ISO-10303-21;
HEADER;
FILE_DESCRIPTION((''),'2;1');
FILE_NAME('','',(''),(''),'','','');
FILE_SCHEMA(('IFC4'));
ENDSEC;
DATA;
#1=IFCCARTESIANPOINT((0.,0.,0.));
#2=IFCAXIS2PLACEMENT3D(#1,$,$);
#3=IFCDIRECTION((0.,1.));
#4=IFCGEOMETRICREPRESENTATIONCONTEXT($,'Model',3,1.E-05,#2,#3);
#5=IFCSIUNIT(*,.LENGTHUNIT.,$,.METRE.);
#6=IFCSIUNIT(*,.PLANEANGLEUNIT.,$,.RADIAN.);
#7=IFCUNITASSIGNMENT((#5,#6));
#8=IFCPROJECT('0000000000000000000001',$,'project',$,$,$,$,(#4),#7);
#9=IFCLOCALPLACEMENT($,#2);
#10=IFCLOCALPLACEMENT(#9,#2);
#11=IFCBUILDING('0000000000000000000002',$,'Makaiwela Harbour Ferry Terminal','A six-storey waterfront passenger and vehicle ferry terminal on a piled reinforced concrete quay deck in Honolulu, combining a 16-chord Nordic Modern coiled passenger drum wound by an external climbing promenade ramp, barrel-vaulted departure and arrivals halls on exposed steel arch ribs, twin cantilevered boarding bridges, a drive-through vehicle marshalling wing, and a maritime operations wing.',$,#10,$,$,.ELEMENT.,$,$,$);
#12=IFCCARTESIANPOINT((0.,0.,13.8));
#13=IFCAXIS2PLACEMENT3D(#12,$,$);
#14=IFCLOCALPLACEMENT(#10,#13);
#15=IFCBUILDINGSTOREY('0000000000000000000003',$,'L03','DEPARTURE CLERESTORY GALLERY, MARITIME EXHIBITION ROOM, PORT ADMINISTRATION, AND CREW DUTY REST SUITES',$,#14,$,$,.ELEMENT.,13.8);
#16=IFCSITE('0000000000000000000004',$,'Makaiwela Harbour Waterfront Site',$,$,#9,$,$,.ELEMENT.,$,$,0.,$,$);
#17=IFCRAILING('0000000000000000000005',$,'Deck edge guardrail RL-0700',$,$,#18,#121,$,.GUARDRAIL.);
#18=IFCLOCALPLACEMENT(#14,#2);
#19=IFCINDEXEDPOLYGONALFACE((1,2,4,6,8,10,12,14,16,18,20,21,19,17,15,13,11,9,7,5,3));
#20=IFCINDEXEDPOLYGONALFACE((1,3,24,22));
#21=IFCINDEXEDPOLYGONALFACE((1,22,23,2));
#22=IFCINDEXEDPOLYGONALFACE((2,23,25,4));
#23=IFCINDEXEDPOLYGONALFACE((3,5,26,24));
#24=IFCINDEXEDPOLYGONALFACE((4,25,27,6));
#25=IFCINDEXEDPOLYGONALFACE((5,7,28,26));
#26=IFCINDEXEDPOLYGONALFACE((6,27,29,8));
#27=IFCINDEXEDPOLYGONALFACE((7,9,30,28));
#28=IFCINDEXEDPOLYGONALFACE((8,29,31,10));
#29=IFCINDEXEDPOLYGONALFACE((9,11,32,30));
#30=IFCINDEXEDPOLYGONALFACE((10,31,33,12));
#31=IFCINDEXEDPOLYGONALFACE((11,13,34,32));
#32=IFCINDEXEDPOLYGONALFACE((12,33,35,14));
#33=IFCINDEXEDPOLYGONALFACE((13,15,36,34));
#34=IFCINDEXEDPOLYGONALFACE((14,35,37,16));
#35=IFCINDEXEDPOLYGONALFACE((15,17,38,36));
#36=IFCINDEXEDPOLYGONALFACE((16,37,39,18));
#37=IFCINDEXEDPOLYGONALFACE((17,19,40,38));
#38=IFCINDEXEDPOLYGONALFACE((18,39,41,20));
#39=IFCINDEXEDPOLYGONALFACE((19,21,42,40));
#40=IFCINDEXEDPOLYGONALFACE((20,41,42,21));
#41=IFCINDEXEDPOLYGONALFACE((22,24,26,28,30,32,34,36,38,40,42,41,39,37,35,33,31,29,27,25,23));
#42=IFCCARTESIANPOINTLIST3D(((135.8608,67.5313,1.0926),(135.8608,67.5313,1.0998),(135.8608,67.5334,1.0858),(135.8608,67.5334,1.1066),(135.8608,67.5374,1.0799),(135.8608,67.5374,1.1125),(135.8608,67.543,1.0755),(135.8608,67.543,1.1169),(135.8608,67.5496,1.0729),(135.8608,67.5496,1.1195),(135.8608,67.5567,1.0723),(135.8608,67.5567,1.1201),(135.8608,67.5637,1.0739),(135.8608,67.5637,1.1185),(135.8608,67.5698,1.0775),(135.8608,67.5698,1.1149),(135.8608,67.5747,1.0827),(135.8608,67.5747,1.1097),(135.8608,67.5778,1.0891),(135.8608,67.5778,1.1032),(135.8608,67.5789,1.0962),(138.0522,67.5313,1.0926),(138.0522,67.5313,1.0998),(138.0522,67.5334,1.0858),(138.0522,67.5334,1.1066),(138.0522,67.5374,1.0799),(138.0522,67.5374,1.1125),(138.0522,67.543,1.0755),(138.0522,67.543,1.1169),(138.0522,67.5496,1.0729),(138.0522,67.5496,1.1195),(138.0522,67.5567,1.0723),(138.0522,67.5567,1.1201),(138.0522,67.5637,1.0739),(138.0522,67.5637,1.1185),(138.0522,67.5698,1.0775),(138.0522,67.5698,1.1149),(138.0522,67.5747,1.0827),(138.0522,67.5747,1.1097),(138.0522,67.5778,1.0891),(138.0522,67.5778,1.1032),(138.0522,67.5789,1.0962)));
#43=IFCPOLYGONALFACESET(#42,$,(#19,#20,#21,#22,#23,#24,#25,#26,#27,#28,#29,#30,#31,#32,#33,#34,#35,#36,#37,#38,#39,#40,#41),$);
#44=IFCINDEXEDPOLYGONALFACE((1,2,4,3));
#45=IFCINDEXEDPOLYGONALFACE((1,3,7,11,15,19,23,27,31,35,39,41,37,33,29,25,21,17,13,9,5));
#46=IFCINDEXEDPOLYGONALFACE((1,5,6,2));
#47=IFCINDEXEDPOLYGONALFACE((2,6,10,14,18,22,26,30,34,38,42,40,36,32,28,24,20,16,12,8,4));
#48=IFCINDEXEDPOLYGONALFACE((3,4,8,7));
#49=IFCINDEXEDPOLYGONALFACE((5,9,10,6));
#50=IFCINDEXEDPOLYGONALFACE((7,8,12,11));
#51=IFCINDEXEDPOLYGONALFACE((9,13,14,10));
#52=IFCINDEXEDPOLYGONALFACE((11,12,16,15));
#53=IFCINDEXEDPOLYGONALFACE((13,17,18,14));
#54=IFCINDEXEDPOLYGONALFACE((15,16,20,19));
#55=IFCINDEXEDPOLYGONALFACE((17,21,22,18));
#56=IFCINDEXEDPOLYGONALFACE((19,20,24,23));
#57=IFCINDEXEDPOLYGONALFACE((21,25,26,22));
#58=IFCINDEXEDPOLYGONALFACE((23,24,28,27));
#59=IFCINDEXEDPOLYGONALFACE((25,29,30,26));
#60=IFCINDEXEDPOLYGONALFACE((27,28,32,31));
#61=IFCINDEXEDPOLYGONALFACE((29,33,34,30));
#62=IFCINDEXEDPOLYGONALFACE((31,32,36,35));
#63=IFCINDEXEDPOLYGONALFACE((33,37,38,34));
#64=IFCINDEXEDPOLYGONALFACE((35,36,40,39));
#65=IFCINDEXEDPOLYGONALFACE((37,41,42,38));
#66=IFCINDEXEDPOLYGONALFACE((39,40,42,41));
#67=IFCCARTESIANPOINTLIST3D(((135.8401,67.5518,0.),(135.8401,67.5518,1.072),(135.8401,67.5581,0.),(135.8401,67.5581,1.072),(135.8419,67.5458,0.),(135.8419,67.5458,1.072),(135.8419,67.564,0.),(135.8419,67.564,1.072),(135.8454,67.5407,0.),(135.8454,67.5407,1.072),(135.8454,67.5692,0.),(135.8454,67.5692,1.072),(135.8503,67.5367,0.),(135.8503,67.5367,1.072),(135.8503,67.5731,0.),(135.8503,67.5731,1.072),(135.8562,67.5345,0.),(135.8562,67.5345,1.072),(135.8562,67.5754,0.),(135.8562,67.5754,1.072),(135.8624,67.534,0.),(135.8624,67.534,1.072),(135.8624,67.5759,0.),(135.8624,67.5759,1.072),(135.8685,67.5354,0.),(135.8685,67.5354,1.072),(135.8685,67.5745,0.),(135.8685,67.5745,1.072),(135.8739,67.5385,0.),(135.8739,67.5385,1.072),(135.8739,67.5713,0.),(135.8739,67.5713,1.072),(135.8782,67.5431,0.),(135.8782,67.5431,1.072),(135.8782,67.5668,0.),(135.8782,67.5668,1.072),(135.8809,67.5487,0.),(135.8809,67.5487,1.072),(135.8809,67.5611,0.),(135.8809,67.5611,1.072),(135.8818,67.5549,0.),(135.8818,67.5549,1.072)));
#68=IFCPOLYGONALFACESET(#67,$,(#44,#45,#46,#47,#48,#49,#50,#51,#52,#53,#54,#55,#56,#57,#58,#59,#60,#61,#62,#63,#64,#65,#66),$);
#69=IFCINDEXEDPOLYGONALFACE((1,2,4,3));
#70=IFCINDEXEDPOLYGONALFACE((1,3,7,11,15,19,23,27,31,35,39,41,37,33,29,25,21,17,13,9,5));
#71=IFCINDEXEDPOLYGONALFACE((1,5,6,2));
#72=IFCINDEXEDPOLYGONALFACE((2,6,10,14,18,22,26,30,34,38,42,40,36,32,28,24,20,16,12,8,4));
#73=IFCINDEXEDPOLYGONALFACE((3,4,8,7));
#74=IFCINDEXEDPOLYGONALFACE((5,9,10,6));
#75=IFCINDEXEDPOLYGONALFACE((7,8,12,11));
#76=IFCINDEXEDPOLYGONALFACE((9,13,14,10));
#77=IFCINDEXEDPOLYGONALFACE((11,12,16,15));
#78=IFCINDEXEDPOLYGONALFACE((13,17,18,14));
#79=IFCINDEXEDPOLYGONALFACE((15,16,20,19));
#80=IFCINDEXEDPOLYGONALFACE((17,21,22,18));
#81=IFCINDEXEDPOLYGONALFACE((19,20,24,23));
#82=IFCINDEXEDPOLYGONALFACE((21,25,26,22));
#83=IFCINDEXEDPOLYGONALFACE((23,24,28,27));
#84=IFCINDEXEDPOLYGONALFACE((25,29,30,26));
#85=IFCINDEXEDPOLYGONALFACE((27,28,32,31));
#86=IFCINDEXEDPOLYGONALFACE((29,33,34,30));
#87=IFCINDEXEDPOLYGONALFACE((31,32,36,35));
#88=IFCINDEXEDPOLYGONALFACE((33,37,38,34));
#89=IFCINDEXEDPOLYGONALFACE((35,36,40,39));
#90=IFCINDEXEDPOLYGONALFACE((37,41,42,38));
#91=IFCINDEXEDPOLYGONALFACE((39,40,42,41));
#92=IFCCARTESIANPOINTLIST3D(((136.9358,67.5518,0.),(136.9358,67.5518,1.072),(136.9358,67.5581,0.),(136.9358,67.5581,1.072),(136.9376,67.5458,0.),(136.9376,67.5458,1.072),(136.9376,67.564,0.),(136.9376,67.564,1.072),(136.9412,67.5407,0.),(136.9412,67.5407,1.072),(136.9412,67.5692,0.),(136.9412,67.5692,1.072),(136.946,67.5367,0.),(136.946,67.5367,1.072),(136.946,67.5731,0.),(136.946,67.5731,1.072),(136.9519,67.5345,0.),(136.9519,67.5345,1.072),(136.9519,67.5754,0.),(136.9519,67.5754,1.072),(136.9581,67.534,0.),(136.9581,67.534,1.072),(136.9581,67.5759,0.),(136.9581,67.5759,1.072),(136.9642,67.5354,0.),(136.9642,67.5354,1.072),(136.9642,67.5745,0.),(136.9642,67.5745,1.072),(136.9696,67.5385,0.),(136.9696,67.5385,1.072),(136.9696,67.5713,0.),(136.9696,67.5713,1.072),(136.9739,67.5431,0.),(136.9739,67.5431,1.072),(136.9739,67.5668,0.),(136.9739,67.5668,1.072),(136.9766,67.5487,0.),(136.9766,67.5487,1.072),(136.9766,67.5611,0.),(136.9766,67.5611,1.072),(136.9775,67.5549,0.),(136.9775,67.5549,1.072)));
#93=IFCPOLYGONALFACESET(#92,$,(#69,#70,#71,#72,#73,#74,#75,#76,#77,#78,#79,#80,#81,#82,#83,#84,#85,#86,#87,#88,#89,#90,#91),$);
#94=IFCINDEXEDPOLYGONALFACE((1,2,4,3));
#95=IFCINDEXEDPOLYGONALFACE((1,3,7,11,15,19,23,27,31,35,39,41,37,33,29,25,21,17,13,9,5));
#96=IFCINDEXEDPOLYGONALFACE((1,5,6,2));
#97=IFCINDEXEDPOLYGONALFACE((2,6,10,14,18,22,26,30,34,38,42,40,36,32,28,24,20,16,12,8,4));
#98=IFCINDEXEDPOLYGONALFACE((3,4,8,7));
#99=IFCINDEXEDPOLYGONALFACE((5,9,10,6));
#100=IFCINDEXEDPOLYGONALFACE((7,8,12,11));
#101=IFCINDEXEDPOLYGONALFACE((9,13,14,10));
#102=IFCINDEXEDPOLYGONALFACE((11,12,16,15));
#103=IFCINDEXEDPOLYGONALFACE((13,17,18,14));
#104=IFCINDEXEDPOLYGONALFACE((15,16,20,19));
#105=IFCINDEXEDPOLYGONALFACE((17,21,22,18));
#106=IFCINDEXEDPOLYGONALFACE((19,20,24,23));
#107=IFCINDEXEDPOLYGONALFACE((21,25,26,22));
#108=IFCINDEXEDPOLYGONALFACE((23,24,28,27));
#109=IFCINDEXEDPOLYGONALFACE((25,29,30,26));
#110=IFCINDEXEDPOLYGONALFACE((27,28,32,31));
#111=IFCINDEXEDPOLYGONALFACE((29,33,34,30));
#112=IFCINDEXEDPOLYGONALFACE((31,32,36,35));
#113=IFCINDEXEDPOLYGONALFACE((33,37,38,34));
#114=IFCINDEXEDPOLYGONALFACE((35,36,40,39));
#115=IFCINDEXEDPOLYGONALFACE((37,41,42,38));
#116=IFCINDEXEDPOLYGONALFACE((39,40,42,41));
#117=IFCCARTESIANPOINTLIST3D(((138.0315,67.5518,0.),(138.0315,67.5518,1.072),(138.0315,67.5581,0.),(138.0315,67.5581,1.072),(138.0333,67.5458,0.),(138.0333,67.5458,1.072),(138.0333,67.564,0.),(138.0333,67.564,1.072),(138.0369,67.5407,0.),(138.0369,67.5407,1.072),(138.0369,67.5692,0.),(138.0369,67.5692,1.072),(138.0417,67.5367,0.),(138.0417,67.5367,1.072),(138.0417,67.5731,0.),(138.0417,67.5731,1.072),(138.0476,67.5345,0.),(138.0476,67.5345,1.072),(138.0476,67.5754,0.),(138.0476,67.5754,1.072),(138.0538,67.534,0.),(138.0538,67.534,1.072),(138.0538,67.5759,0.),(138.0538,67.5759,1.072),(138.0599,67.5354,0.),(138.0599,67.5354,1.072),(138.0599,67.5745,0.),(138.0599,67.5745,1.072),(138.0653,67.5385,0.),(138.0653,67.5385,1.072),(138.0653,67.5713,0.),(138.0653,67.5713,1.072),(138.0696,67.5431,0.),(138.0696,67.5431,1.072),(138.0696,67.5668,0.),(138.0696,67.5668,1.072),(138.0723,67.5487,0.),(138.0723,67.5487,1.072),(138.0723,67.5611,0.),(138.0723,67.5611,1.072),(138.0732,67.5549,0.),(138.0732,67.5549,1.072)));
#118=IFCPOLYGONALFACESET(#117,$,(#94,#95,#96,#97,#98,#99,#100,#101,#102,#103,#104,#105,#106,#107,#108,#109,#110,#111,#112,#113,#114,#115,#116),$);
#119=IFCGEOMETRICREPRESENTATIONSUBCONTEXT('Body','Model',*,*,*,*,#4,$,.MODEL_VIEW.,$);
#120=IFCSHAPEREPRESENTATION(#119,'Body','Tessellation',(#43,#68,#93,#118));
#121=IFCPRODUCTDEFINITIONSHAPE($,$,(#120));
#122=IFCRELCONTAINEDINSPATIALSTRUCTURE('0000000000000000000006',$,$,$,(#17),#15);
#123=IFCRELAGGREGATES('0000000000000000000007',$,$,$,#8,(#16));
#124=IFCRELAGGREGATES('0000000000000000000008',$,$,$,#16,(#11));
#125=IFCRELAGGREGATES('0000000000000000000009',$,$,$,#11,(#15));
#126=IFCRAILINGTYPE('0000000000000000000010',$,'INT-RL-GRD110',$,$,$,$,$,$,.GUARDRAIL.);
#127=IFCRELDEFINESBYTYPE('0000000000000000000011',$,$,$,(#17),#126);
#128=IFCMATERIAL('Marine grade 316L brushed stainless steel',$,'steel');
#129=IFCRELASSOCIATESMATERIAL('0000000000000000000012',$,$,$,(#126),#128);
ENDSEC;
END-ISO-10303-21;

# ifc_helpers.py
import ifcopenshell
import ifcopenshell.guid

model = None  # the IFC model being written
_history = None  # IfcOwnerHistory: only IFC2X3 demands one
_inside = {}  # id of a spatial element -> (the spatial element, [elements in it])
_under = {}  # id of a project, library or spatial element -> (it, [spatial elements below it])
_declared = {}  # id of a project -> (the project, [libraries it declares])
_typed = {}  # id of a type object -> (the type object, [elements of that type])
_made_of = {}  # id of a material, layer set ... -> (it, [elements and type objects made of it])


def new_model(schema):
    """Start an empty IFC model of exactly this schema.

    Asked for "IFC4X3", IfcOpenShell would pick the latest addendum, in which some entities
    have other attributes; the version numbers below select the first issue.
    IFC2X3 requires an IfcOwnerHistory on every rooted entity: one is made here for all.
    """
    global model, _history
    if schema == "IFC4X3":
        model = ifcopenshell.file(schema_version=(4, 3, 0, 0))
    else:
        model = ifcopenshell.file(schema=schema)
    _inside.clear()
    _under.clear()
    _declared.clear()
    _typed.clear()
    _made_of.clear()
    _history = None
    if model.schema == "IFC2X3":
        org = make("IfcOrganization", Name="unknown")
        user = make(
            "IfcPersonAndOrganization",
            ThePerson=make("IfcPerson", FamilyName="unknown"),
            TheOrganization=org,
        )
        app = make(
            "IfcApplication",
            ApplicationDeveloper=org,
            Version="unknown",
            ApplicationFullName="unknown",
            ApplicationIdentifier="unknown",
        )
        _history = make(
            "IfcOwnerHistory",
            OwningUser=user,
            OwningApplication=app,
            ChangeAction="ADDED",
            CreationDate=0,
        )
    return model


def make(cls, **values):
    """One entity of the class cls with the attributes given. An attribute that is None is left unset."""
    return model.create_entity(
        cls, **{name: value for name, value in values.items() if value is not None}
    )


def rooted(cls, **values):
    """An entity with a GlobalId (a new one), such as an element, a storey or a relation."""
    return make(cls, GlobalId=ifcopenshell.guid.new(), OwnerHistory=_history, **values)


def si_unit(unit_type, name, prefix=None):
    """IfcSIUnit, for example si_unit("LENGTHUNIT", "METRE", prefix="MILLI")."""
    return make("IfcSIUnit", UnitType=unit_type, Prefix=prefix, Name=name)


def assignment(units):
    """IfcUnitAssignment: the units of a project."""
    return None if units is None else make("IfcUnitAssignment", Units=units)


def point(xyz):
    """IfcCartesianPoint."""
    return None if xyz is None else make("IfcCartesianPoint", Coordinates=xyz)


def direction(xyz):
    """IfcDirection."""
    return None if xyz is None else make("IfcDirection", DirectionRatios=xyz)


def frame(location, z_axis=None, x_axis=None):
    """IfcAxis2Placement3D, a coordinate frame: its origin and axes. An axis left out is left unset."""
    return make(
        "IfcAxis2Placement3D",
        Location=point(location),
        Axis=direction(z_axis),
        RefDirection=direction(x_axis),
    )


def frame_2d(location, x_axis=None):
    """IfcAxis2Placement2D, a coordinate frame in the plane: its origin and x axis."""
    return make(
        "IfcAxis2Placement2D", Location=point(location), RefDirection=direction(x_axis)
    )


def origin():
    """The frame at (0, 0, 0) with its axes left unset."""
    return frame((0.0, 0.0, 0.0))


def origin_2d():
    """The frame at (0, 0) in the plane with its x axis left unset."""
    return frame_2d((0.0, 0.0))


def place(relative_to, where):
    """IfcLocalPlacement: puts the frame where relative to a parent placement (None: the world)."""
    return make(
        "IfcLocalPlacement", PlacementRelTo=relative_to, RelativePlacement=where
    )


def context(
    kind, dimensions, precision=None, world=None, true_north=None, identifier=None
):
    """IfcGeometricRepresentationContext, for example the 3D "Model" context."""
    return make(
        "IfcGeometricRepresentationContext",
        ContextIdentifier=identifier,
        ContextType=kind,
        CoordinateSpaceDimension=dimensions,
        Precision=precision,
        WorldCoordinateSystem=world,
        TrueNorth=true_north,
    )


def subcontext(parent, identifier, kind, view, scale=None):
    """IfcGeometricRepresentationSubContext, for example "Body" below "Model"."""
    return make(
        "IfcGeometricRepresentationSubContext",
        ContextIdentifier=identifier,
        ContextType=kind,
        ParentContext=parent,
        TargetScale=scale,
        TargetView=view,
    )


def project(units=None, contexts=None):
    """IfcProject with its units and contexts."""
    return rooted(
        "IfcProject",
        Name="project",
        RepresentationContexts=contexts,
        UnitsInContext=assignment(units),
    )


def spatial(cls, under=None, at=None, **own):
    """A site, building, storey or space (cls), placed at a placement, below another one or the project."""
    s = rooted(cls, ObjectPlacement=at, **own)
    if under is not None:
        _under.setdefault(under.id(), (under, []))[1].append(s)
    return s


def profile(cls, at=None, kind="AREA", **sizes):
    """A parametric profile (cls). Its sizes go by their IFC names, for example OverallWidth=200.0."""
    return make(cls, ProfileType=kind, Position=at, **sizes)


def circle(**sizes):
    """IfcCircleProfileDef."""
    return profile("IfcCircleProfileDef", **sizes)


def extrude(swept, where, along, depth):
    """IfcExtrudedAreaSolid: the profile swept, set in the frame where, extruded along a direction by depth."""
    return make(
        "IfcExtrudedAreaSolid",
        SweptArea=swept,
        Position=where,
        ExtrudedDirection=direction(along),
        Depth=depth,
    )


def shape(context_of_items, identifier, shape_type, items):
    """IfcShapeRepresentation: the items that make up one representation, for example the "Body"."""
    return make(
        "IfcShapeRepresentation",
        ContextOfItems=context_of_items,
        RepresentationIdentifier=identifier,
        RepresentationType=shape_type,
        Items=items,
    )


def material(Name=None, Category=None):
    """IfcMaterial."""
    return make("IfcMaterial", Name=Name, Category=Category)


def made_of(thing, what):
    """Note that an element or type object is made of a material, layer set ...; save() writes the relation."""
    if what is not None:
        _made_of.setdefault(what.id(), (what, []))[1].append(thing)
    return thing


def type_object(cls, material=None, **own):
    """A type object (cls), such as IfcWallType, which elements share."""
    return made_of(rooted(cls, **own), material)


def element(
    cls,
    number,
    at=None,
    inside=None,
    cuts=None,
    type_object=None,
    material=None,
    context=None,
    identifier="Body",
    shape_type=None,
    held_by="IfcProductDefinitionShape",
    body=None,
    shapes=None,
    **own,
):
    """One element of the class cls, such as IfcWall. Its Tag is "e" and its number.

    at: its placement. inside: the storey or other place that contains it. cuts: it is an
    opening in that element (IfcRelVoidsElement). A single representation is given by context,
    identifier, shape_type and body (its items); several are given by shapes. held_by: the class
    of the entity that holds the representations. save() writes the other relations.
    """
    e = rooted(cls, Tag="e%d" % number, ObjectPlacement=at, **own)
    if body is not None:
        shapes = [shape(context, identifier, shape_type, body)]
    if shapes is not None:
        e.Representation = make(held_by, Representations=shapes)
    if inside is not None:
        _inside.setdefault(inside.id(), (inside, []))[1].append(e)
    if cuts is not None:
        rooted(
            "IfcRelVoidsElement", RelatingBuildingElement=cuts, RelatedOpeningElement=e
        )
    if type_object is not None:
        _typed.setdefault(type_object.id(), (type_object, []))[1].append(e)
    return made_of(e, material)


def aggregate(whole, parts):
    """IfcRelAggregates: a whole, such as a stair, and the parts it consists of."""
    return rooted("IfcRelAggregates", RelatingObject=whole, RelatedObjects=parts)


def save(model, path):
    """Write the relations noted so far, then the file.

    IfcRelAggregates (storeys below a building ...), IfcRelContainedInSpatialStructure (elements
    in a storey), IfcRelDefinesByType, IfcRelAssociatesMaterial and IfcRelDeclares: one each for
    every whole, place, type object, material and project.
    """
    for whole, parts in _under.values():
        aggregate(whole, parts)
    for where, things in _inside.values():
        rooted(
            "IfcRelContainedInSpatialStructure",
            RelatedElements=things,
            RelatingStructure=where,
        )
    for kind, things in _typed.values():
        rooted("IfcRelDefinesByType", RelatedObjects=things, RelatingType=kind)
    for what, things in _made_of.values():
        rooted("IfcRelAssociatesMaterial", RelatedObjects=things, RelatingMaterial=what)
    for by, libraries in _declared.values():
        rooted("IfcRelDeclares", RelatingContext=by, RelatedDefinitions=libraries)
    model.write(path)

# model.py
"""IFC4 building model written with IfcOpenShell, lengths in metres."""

from ifc_helpers import new_model, si_unit, direction, frame, origin, origin_2d, place, context, subcontext, project, spatial, circle, extrude, material, type_object, element, save


model = new_model("IFC4")

# Units and contexts
model_context = context("Model", 3, precision=1e-05, world=origin(), true_north=direction((0.0, 1.0)))
body_context = subcontext(model_context, "Body", "Model", "MODEL_VIEW")
ifc_project = project(units=[si_unit("LENGTHUNIT", "METRE"), si_unit("PLANEANGLEUNIT", "RADIAN")], contexts=[model_context])

# Site, building, storey
site_placement = place(None, origin())
site = spatial("IfcSite", under=ifc_project, at=site_placement, Name="Makaiwela Harbour Waterfront Site", CompositionType="ELEMENT", RefElevation=0.0)
building_placement = place(site_placement, origin())
building = spatial("IfcBuilding", under=site, at=building_placement, Name="Makaiwela Harbour Ferry Terminal", Description="A six-storey waterfront passenger and vehicle ferry terminal on a piled reinforced concrete quay deck in Honolulu, combining a 16-chord Nordic Modern coiled passenger drum wound by an external climbing promenade ramp, barrel-vaulted departure and arrivals halls on exposed steel arch ribs, twin cantilevered boarding bridges, a drive-through vehicle marshalling wing, and a maritime operations wing.", CompositionType="ELEMENT")
storey_placement = place(building_placement, frame((0.0, 0.0, 13.8)))
storey = spatial("IfcBuildingStorey", under=building, at=storey_placement, Name="L03", Description="DEPARTURE CLERESTORY GALLERY, MARITIME EXHIBITION ROOM, PORT ADMINISTRATION, AND CREW DUTY REST SUITES", CompositionType="ELEMENT", Elevation=13.8)

# Railing
ifc_material_1 = material(Name="Marine grade 316L brushed stainless steel", Category="steel")
railing_type = type_object("IfcRailingType", Name="INT-RL-GRD110", PredefinedType="GUARDRAIL", material=ifc_material_1)
railing_1_placement = place(storey_placement, frame((135.8608, 67.5549, 0.0)))
element("IfcRailing", 1, at=railing_1_placement, inside=storey, type_object=railing_type, Name="Deck edge guardrail RL-0700", PredefinedType="GUARDRAIL", context=body_context, shape_type="SweptSolid", body=[
    extrude(circle(Radius=0.0239, at=origin_2d()), frame((0.0, 0.0, 1.0962), z_axis=(1.0, 0.0, 0.0), x_axis=(0.0, 1.0, 0.0)), (0.0, 0.0, 1.0), 2.1914),
    extrude(circle(Radius=0.021, at=origin_2d()), origin(), (0.0, 0.0, 1.0), 1.072),
    extrude(circle(Radius=0.021, at=origin_2d()), frame((1.0957, 0.0, 0.0)), (0.0, 0.0, 1.0), 1.072),
    extrude(circle(Radius=0.021, at=origin_2d()), frame((2.1914, 0.0, 0.0)), (0.0, 0.0, 1.0), 1.072),
])

save(model, "model.ifc")
